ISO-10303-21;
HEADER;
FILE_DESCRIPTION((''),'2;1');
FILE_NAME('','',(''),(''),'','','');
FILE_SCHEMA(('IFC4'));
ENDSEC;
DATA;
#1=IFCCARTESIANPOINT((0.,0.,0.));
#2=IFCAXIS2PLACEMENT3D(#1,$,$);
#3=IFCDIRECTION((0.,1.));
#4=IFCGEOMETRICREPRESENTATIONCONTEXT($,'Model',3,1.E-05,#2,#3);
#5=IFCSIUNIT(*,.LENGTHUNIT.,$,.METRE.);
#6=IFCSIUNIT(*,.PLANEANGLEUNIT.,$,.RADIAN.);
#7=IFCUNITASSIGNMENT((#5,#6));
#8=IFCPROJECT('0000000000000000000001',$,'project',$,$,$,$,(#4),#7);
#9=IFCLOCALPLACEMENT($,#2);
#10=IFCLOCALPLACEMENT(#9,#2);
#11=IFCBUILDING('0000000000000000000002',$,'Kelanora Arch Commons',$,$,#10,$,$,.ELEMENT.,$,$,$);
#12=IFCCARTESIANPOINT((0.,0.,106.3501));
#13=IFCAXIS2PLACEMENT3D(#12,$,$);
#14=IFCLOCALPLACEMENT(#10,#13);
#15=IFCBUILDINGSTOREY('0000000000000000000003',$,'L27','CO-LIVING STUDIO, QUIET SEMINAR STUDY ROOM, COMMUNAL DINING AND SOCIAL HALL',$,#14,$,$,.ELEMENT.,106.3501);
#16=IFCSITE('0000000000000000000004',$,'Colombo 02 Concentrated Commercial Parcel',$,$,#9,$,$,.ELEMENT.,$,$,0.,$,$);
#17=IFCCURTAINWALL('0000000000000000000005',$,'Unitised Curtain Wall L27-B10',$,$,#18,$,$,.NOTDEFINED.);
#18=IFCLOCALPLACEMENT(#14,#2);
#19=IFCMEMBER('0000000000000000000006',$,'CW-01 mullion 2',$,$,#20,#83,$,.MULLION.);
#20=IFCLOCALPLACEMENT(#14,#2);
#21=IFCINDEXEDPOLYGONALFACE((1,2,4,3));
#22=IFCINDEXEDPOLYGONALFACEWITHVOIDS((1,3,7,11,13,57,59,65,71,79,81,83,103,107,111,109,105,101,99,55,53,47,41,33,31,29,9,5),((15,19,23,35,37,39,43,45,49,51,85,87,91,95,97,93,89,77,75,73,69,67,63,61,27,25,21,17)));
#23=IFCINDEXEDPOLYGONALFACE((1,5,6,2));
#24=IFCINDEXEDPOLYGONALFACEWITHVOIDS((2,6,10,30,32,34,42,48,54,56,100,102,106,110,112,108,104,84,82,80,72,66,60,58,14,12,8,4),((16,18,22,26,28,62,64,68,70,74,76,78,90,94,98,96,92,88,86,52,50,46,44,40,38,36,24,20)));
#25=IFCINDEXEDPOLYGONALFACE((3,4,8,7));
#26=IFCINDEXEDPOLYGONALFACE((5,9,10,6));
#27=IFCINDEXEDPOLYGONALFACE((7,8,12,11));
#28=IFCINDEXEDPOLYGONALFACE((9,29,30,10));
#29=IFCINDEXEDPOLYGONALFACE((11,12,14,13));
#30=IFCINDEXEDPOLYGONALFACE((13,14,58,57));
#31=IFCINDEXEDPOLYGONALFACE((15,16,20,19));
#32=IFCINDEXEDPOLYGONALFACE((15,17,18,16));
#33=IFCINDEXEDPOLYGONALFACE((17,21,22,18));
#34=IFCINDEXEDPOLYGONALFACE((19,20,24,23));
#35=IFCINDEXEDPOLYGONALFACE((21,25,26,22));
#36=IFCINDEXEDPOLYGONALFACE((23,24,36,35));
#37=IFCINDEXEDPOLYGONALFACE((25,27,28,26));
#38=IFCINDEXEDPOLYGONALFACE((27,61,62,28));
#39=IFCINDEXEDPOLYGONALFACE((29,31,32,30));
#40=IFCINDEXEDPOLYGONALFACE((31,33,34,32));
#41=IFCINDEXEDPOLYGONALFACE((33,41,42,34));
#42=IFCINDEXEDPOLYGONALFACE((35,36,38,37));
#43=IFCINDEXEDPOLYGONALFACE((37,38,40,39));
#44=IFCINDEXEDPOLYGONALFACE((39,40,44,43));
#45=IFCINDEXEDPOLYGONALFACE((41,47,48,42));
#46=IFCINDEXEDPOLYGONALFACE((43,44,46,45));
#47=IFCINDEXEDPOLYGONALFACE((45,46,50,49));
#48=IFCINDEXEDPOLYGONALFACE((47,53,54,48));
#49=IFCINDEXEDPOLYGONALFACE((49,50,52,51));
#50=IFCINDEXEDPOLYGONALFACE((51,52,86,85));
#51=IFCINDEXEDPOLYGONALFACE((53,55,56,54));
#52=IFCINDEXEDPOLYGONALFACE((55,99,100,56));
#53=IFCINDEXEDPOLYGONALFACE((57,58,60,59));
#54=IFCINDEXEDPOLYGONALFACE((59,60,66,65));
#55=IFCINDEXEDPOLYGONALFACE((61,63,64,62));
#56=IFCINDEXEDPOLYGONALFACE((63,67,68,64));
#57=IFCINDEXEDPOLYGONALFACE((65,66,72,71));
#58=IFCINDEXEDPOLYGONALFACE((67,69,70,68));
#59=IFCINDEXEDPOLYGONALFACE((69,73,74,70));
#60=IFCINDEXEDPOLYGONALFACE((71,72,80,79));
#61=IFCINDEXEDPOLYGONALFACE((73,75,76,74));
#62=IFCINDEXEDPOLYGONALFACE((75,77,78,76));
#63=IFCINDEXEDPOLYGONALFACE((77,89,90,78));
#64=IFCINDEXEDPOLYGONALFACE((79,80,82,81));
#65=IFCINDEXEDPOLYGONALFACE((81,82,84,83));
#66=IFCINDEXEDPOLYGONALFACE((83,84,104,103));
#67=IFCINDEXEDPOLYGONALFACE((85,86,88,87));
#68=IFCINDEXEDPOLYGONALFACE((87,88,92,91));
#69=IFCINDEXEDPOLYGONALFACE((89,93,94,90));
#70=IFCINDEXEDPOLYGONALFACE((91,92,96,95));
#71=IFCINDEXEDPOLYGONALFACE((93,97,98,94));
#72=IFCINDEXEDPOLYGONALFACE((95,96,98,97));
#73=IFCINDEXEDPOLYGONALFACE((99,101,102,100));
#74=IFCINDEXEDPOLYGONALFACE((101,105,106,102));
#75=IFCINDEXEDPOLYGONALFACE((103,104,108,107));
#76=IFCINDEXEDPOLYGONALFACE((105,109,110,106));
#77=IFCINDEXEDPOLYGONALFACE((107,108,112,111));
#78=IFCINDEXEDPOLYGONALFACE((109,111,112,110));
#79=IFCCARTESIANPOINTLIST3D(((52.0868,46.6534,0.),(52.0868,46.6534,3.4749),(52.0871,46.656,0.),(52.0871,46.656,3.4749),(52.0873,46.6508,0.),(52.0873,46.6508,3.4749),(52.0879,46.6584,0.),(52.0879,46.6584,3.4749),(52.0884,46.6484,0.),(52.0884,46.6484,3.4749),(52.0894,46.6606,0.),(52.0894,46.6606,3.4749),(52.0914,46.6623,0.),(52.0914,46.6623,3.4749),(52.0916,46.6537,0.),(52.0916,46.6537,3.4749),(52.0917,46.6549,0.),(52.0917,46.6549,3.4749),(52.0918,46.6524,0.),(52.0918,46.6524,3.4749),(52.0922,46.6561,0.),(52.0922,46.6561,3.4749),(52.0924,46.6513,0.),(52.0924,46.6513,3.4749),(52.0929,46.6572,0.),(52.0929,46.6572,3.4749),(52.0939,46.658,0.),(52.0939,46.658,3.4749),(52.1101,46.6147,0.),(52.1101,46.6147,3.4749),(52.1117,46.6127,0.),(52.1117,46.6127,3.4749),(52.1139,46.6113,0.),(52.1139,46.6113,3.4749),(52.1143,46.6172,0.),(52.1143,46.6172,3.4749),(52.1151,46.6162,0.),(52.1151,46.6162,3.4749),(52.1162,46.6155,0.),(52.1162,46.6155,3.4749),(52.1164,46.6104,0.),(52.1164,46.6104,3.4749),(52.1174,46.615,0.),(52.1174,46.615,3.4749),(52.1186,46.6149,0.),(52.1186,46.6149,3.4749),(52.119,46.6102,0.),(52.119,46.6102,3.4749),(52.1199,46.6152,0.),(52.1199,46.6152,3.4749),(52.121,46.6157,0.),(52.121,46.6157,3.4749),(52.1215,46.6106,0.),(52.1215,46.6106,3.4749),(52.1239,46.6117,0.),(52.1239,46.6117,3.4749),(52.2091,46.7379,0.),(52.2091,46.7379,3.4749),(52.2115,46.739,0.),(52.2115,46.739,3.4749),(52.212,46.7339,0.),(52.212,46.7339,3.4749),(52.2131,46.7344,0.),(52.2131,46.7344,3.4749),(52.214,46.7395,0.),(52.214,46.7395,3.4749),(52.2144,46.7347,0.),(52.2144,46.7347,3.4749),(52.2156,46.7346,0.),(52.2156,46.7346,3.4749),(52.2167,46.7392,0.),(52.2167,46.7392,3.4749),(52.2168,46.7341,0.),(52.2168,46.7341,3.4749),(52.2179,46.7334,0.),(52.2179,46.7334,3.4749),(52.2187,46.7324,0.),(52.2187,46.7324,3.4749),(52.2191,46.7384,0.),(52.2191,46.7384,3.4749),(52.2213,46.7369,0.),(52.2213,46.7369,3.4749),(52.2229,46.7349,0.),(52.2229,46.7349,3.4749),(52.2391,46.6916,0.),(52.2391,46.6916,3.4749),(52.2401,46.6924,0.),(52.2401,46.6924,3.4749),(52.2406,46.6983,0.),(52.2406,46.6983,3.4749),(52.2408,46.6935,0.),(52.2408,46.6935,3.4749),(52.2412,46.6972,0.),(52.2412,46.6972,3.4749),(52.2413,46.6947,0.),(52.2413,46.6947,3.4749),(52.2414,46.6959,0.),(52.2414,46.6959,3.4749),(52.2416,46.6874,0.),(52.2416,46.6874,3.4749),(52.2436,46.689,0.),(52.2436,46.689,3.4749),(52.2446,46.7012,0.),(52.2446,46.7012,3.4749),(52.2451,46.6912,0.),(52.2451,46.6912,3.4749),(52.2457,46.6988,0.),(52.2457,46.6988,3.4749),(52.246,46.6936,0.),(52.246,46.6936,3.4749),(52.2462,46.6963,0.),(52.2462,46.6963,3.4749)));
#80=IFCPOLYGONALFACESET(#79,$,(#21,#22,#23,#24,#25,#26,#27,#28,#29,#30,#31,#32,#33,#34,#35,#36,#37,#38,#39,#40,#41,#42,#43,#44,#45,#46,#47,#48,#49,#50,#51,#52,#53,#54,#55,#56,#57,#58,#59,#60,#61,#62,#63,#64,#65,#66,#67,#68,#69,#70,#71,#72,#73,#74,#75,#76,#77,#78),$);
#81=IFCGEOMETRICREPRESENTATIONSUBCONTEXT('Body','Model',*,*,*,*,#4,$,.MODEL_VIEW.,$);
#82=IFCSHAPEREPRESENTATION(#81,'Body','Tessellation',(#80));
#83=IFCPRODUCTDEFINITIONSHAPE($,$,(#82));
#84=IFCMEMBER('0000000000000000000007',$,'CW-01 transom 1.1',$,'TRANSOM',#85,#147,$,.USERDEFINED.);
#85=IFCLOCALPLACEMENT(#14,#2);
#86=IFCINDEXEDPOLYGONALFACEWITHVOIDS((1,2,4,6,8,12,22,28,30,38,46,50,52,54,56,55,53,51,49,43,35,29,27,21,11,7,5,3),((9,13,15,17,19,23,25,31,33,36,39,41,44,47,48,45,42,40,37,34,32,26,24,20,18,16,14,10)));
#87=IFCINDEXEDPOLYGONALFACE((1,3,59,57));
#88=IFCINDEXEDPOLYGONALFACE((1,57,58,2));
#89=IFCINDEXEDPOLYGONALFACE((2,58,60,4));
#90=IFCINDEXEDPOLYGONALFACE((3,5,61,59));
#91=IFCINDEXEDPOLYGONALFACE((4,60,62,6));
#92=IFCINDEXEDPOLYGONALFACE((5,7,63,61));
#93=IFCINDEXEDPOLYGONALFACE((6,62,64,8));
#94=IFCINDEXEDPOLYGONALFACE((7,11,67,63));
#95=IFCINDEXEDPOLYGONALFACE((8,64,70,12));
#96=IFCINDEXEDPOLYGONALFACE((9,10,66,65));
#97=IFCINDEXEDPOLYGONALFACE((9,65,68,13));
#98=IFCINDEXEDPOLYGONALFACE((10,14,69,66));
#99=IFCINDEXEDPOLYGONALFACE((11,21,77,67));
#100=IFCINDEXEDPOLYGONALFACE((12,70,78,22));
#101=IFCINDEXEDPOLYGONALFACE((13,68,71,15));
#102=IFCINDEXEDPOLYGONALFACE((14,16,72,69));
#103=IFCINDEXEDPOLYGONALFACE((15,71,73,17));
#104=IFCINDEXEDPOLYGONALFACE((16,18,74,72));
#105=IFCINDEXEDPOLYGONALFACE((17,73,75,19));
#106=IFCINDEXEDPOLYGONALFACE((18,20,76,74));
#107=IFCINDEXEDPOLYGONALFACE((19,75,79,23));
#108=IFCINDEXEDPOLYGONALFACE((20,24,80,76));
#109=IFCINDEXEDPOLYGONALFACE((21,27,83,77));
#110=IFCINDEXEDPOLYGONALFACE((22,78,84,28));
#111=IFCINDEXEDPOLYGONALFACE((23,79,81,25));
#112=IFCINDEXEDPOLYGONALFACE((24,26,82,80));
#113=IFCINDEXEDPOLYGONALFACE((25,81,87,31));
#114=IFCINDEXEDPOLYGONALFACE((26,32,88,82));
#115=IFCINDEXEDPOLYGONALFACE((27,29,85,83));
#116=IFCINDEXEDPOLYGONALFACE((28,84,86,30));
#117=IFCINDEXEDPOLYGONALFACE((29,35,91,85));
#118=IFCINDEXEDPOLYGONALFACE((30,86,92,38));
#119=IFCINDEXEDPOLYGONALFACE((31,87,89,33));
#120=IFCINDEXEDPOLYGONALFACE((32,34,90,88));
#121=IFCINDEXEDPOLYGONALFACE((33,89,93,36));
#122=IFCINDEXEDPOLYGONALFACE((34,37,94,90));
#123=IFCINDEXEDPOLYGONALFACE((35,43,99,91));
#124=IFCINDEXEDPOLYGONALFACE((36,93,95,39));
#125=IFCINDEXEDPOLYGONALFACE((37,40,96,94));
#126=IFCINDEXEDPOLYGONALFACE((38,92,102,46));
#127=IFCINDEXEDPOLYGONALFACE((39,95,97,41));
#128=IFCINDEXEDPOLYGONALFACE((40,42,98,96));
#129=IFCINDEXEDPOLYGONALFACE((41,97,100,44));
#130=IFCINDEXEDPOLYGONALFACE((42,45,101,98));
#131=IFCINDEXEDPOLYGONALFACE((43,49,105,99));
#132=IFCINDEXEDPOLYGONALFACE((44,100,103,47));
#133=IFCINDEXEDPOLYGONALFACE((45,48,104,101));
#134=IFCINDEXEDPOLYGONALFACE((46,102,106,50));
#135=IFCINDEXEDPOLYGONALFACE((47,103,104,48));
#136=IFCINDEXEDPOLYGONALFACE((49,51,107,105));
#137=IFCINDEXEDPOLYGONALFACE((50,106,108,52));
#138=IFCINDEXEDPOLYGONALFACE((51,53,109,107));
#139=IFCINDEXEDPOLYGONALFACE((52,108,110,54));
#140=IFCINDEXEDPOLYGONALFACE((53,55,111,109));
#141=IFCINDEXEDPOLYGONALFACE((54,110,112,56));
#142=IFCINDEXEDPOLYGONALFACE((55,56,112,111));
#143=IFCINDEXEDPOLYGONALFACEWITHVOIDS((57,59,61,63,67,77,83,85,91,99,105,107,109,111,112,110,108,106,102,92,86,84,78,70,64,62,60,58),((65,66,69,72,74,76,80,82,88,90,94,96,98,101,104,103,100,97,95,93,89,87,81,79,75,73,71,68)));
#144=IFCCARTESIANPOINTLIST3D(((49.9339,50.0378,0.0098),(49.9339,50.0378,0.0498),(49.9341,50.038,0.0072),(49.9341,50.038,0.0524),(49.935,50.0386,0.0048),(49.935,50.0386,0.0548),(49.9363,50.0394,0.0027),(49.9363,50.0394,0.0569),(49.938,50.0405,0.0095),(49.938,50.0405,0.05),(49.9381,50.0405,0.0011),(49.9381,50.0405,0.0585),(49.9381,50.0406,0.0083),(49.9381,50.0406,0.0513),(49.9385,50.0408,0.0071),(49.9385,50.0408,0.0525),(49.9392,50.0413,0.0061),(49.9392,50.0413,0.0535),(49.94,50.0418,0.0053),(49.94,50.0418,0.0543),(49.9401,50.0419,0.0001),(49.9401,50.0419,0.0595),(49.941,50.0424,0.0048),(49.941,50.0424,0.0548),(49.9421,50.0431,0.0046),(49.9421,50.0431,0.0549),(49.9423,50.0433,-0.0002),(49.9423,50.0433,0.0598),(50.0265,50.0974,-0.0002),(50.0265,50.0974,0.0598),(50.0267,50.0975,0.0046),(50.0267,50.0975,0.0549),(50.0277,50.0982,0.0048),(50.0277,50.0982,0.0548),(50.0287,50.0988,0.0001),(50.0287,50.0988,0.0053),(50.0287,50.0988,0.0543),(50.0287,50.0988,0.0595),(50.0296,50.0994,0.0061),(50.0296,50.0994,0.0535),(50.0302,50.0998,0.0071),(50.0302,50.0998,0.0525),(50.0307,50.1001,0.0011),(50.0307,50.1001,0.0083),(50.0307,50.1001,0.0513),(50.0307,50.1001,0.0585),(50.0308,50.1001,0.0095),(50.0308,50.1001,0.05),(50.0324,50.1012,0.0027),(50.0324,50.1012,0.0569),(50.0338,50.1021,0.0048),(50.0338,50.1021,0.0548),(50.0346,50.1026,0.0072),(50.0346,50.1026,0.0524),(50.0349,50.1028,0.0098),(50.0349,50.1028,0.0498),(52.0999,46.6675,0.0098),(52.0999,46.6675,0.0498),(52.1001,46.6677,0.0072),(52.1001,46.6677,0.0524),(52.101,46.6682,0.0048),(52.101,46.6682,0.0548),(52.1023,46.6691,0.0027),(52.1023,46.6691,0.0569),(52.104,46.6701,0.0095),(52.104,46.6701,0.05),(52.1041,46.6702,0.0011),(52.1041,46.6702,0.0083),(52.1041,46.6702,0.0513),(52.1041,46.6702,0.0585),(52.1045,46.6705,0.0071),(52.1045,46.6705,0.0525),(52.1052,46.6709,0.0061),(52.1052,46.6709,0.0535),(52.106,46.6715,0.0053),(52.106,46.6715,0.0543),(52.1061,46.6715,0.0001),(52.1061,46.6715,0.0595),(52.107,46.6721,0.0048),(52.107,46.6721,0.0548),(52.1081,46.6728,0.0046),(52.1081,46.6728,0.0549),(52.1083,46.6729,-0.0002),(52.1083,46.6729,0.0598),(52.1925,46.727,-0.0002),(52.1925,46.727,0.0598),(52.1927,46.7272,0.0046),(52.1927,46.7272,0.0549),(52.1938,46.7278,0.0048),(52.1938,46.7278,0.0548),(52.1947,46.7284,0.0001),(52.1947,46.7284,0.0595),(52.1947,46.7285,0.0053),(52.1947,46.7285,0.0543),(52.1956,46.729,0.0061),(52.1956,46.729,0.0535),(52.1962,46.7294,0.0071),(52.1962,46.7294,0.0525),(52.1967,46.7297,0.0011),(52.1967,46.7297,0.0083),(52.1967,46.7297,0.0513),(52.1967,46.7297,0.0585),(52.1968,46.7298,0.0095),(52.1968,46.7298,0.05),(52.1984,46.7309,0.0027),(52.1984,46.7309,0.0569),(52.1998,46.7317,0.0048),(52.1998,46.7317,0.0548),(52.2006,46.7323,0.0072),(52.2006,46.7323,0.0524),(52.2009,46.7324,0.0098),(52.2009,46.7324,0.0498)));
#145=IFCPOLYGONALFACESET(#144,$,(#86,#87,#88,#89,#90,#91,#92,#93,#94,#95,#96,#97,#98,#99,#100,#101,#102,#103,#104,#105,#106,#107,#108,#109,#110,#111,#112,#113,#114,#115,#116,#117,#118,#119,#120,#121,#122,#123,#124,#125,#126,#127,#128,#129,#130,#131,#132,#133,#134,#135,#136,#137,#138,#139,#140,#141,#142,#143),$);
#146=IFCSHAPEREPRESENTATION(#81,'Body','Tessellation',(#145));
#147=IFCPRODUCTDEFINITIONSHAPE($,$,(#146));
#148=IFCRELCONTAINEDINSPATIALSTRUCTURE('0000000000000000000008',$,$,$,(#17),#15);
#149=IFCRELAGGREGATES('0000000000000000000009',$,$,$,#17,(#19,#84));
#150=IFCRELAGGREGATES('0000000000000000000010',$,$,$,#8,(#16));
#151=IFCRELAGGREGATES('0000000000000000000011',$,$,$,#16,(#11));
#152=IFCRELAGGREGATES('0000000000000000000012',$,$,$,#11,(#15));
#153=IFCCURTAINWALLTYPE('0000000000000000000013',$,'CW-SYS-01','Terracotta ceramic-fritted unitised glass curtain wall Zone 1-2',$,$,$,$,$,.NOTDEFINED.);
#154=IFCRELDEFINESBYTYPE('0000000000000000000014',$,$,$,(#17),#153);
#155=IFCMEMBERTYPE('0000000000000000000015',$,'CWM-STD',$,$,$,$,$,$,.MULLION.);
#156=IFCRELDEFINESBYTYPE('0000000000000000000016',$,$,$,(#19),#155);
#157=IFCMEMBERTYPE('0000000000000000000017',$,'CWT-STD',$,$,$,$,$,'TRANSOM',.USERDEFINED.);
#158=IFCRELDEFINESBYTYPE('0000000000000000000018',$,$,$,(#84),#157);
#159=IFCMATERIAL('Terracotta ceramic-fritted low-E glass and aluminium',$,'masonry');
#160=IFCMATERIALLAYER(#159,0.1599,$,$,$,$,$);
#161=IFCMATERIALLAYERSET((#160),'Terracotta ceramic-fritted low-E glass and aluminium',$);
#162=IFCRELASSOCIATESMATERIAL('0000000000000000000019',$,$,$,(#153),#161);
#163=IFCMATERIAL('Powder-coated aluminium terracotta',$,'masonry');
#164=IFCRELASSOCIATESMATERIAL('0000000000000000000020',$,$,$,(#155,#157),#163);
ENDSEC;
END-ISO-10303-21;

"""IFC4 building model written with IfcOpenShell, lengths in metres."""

from ifc_helpers import new_model, si_unit, direction, frame, origin, origin_2d, place, context, subcontext, project, spatial, hollow_rectangle, extrude, material, layer, layer_set, material_profile, profile_set, type_object, element, aggregate, save


model = new_model("IFC4")

# Units and contexts
model_context = context("Model", 3, precision=1e-05, world=origin(), true_north=direction((0.0, 1.0)))
body_context = subcontext(model_context, "Body", "Model", "MODEL_VIEW")
ifc_project = project(units=[si_unit("LENGTHUNIT", "METRE"), si_unit("PLANEANGLEUNIT", "RADIAN")], contexts=[model_context])

# Site, building, storey
site_placement = place(None, origin())
site = spatial("IfcSite", under=ifc_project, at=site_placement, Name="Colombo 02 Concentrated Commercial Parcel", CompositionType="ELEMENT", RefElevation=0.0)
building_placement = place(site_placement, origin())
building = spatial("IfcBuilding", under=site, at=building_placement, Name="Kelanora Arch Commons", CompositionType="ELEMENT")
storey_placement = place(building_placement, frame((0.0, 0.0, 106.3501)))
storey = spatial("IfcBuildingStorey", under=building, at=storey_placement, Name="L27", Description="CO-LIVING STUDIO, QUIET SEMINAR STUDY ROOM, COMMUNAL DINING AND SOCIAL HALL", CompositionType="ELEMENT", Elevation=106.3501)

# Shared definitions
ifc_material_1 = material(Name="Terracotta ceramic-fritted low-E glass and aluminium", Category="masonry")
ifc_layer_1 = layer(ifc_material_1, 0.1599)
ifc_layer_set_1 = layer_set([ifc_layer_1], Name="Terracotta ceramic-fritted low-E glass and aluminium")
curtain_wall_type = type_object("IfcCurtainWallType", Name="CW-SYS-01", Description="Terracotta ceramic-fritted unitised glass curtain wall Zone 1-2", PredefinedType="NOTDEFINED", material=ifc_layer_set_1)
ifc_material_2 = material(Name="Powder-coated aluminium terracotta", Category="masonry")
ifc_material_profile_1 = material_profile(ifc_material_2, hollow_rectangle(XDim=0.1599, YDim=0.0601, WallThickness=0.0049, InnerFilletRadius=0.0049, OuterFilletRadius=0.01, at=origin_2d()), Name="CWM160x60")
ifc_profile_set_1 = profile_set([ifc_material_profile_1], Name="Powder-coated aluminium terracotta")
member_type_1 = type_object("IfcMemberType", Name="CWM-STD", PredefinedType="MULLION", material=ifc_profile_set_1)

# Curtain wall, members
curtain_wall_1_placement = place(storey_placement, origin())
curtain_wall_1 = element("IfcCurtainWall", 1, at=curtain_wall_1_placement, inside=storey, type_object=curtain_wall_type, Name="Unitised Curtain Wall L27-B10", PredefinedType="NOTDEFINED")
member_1_placement = place(storey_placement, frame((52.1665, 46.6748, 0.0), z_axis=(0.0, 0.0, 1.0), x_axis=(0.841269, 0.540617, 0.0)))
member_1 = element("IfcMember", 2, at=member_1_placement, type_object=member_type_1, Name="CW-01 mullion 2", PredefinedType="MULLION", context=body_context, shape_type="SweptSolid", body=[
    extrude(hollow_rectangle(XDim=0.1599, YDim=0.0601, WallThickness=0.0049, InnerFilletRadius=0.0049, OuterFilletRadius=0.01, at=origin_2d()), origin(), (0.0, 0.0, 1.0), 3.4749),
])
ifc_material_profile_2 = material_profile(ifc_material_2, hollow_rectangle(XDim=0.1201, YDim=0.0601, WallThickness=0.0049, InnerFilletRadius=0.0049, OuterFilletRadius=0.01, at=origin_2d()), Name="CWT120x60")
ifc_profile_set_2 = profile_set([ifc_material_profile_2], Name="Powder-coated aluminium terracotta")
member_type_2 = type_object("IfcMemberType", Name="CWT-STD", ElementType="TRANSOM", PredefinedType="USERDEFINED", material=ifc_profile_set_2)
member_2_placement = place(storey_placement, frame((49.9844, 50.0703, 0.0298), z_axis=(0.540644, -0.841252, 0.0), x_axis=(0.841252, 0.540644, 0.0)))
member_2 = element("IfcMember", 3, at=member_2_placement, type_object=member_type_2, Name="CW-01 transom 1.1", ObjectType="TRANSOM", PredefinedType="USERDEFINED", context=body_context, shape_type="SweptSolid", body=[
    extrude(hollow_rectangle(XDim=0.1201, YDim=0.0601, WallThickness=0.0049, InnerFilletRadius=0.0049, OuterFilletRadius=0.01, at=origin_2d()), origin(), (0.0, 0.0, 1.0), 4.0063),
])

aggregate(curtain_wall_1, [member_1, member_2])

save(model, "model.ifc")
